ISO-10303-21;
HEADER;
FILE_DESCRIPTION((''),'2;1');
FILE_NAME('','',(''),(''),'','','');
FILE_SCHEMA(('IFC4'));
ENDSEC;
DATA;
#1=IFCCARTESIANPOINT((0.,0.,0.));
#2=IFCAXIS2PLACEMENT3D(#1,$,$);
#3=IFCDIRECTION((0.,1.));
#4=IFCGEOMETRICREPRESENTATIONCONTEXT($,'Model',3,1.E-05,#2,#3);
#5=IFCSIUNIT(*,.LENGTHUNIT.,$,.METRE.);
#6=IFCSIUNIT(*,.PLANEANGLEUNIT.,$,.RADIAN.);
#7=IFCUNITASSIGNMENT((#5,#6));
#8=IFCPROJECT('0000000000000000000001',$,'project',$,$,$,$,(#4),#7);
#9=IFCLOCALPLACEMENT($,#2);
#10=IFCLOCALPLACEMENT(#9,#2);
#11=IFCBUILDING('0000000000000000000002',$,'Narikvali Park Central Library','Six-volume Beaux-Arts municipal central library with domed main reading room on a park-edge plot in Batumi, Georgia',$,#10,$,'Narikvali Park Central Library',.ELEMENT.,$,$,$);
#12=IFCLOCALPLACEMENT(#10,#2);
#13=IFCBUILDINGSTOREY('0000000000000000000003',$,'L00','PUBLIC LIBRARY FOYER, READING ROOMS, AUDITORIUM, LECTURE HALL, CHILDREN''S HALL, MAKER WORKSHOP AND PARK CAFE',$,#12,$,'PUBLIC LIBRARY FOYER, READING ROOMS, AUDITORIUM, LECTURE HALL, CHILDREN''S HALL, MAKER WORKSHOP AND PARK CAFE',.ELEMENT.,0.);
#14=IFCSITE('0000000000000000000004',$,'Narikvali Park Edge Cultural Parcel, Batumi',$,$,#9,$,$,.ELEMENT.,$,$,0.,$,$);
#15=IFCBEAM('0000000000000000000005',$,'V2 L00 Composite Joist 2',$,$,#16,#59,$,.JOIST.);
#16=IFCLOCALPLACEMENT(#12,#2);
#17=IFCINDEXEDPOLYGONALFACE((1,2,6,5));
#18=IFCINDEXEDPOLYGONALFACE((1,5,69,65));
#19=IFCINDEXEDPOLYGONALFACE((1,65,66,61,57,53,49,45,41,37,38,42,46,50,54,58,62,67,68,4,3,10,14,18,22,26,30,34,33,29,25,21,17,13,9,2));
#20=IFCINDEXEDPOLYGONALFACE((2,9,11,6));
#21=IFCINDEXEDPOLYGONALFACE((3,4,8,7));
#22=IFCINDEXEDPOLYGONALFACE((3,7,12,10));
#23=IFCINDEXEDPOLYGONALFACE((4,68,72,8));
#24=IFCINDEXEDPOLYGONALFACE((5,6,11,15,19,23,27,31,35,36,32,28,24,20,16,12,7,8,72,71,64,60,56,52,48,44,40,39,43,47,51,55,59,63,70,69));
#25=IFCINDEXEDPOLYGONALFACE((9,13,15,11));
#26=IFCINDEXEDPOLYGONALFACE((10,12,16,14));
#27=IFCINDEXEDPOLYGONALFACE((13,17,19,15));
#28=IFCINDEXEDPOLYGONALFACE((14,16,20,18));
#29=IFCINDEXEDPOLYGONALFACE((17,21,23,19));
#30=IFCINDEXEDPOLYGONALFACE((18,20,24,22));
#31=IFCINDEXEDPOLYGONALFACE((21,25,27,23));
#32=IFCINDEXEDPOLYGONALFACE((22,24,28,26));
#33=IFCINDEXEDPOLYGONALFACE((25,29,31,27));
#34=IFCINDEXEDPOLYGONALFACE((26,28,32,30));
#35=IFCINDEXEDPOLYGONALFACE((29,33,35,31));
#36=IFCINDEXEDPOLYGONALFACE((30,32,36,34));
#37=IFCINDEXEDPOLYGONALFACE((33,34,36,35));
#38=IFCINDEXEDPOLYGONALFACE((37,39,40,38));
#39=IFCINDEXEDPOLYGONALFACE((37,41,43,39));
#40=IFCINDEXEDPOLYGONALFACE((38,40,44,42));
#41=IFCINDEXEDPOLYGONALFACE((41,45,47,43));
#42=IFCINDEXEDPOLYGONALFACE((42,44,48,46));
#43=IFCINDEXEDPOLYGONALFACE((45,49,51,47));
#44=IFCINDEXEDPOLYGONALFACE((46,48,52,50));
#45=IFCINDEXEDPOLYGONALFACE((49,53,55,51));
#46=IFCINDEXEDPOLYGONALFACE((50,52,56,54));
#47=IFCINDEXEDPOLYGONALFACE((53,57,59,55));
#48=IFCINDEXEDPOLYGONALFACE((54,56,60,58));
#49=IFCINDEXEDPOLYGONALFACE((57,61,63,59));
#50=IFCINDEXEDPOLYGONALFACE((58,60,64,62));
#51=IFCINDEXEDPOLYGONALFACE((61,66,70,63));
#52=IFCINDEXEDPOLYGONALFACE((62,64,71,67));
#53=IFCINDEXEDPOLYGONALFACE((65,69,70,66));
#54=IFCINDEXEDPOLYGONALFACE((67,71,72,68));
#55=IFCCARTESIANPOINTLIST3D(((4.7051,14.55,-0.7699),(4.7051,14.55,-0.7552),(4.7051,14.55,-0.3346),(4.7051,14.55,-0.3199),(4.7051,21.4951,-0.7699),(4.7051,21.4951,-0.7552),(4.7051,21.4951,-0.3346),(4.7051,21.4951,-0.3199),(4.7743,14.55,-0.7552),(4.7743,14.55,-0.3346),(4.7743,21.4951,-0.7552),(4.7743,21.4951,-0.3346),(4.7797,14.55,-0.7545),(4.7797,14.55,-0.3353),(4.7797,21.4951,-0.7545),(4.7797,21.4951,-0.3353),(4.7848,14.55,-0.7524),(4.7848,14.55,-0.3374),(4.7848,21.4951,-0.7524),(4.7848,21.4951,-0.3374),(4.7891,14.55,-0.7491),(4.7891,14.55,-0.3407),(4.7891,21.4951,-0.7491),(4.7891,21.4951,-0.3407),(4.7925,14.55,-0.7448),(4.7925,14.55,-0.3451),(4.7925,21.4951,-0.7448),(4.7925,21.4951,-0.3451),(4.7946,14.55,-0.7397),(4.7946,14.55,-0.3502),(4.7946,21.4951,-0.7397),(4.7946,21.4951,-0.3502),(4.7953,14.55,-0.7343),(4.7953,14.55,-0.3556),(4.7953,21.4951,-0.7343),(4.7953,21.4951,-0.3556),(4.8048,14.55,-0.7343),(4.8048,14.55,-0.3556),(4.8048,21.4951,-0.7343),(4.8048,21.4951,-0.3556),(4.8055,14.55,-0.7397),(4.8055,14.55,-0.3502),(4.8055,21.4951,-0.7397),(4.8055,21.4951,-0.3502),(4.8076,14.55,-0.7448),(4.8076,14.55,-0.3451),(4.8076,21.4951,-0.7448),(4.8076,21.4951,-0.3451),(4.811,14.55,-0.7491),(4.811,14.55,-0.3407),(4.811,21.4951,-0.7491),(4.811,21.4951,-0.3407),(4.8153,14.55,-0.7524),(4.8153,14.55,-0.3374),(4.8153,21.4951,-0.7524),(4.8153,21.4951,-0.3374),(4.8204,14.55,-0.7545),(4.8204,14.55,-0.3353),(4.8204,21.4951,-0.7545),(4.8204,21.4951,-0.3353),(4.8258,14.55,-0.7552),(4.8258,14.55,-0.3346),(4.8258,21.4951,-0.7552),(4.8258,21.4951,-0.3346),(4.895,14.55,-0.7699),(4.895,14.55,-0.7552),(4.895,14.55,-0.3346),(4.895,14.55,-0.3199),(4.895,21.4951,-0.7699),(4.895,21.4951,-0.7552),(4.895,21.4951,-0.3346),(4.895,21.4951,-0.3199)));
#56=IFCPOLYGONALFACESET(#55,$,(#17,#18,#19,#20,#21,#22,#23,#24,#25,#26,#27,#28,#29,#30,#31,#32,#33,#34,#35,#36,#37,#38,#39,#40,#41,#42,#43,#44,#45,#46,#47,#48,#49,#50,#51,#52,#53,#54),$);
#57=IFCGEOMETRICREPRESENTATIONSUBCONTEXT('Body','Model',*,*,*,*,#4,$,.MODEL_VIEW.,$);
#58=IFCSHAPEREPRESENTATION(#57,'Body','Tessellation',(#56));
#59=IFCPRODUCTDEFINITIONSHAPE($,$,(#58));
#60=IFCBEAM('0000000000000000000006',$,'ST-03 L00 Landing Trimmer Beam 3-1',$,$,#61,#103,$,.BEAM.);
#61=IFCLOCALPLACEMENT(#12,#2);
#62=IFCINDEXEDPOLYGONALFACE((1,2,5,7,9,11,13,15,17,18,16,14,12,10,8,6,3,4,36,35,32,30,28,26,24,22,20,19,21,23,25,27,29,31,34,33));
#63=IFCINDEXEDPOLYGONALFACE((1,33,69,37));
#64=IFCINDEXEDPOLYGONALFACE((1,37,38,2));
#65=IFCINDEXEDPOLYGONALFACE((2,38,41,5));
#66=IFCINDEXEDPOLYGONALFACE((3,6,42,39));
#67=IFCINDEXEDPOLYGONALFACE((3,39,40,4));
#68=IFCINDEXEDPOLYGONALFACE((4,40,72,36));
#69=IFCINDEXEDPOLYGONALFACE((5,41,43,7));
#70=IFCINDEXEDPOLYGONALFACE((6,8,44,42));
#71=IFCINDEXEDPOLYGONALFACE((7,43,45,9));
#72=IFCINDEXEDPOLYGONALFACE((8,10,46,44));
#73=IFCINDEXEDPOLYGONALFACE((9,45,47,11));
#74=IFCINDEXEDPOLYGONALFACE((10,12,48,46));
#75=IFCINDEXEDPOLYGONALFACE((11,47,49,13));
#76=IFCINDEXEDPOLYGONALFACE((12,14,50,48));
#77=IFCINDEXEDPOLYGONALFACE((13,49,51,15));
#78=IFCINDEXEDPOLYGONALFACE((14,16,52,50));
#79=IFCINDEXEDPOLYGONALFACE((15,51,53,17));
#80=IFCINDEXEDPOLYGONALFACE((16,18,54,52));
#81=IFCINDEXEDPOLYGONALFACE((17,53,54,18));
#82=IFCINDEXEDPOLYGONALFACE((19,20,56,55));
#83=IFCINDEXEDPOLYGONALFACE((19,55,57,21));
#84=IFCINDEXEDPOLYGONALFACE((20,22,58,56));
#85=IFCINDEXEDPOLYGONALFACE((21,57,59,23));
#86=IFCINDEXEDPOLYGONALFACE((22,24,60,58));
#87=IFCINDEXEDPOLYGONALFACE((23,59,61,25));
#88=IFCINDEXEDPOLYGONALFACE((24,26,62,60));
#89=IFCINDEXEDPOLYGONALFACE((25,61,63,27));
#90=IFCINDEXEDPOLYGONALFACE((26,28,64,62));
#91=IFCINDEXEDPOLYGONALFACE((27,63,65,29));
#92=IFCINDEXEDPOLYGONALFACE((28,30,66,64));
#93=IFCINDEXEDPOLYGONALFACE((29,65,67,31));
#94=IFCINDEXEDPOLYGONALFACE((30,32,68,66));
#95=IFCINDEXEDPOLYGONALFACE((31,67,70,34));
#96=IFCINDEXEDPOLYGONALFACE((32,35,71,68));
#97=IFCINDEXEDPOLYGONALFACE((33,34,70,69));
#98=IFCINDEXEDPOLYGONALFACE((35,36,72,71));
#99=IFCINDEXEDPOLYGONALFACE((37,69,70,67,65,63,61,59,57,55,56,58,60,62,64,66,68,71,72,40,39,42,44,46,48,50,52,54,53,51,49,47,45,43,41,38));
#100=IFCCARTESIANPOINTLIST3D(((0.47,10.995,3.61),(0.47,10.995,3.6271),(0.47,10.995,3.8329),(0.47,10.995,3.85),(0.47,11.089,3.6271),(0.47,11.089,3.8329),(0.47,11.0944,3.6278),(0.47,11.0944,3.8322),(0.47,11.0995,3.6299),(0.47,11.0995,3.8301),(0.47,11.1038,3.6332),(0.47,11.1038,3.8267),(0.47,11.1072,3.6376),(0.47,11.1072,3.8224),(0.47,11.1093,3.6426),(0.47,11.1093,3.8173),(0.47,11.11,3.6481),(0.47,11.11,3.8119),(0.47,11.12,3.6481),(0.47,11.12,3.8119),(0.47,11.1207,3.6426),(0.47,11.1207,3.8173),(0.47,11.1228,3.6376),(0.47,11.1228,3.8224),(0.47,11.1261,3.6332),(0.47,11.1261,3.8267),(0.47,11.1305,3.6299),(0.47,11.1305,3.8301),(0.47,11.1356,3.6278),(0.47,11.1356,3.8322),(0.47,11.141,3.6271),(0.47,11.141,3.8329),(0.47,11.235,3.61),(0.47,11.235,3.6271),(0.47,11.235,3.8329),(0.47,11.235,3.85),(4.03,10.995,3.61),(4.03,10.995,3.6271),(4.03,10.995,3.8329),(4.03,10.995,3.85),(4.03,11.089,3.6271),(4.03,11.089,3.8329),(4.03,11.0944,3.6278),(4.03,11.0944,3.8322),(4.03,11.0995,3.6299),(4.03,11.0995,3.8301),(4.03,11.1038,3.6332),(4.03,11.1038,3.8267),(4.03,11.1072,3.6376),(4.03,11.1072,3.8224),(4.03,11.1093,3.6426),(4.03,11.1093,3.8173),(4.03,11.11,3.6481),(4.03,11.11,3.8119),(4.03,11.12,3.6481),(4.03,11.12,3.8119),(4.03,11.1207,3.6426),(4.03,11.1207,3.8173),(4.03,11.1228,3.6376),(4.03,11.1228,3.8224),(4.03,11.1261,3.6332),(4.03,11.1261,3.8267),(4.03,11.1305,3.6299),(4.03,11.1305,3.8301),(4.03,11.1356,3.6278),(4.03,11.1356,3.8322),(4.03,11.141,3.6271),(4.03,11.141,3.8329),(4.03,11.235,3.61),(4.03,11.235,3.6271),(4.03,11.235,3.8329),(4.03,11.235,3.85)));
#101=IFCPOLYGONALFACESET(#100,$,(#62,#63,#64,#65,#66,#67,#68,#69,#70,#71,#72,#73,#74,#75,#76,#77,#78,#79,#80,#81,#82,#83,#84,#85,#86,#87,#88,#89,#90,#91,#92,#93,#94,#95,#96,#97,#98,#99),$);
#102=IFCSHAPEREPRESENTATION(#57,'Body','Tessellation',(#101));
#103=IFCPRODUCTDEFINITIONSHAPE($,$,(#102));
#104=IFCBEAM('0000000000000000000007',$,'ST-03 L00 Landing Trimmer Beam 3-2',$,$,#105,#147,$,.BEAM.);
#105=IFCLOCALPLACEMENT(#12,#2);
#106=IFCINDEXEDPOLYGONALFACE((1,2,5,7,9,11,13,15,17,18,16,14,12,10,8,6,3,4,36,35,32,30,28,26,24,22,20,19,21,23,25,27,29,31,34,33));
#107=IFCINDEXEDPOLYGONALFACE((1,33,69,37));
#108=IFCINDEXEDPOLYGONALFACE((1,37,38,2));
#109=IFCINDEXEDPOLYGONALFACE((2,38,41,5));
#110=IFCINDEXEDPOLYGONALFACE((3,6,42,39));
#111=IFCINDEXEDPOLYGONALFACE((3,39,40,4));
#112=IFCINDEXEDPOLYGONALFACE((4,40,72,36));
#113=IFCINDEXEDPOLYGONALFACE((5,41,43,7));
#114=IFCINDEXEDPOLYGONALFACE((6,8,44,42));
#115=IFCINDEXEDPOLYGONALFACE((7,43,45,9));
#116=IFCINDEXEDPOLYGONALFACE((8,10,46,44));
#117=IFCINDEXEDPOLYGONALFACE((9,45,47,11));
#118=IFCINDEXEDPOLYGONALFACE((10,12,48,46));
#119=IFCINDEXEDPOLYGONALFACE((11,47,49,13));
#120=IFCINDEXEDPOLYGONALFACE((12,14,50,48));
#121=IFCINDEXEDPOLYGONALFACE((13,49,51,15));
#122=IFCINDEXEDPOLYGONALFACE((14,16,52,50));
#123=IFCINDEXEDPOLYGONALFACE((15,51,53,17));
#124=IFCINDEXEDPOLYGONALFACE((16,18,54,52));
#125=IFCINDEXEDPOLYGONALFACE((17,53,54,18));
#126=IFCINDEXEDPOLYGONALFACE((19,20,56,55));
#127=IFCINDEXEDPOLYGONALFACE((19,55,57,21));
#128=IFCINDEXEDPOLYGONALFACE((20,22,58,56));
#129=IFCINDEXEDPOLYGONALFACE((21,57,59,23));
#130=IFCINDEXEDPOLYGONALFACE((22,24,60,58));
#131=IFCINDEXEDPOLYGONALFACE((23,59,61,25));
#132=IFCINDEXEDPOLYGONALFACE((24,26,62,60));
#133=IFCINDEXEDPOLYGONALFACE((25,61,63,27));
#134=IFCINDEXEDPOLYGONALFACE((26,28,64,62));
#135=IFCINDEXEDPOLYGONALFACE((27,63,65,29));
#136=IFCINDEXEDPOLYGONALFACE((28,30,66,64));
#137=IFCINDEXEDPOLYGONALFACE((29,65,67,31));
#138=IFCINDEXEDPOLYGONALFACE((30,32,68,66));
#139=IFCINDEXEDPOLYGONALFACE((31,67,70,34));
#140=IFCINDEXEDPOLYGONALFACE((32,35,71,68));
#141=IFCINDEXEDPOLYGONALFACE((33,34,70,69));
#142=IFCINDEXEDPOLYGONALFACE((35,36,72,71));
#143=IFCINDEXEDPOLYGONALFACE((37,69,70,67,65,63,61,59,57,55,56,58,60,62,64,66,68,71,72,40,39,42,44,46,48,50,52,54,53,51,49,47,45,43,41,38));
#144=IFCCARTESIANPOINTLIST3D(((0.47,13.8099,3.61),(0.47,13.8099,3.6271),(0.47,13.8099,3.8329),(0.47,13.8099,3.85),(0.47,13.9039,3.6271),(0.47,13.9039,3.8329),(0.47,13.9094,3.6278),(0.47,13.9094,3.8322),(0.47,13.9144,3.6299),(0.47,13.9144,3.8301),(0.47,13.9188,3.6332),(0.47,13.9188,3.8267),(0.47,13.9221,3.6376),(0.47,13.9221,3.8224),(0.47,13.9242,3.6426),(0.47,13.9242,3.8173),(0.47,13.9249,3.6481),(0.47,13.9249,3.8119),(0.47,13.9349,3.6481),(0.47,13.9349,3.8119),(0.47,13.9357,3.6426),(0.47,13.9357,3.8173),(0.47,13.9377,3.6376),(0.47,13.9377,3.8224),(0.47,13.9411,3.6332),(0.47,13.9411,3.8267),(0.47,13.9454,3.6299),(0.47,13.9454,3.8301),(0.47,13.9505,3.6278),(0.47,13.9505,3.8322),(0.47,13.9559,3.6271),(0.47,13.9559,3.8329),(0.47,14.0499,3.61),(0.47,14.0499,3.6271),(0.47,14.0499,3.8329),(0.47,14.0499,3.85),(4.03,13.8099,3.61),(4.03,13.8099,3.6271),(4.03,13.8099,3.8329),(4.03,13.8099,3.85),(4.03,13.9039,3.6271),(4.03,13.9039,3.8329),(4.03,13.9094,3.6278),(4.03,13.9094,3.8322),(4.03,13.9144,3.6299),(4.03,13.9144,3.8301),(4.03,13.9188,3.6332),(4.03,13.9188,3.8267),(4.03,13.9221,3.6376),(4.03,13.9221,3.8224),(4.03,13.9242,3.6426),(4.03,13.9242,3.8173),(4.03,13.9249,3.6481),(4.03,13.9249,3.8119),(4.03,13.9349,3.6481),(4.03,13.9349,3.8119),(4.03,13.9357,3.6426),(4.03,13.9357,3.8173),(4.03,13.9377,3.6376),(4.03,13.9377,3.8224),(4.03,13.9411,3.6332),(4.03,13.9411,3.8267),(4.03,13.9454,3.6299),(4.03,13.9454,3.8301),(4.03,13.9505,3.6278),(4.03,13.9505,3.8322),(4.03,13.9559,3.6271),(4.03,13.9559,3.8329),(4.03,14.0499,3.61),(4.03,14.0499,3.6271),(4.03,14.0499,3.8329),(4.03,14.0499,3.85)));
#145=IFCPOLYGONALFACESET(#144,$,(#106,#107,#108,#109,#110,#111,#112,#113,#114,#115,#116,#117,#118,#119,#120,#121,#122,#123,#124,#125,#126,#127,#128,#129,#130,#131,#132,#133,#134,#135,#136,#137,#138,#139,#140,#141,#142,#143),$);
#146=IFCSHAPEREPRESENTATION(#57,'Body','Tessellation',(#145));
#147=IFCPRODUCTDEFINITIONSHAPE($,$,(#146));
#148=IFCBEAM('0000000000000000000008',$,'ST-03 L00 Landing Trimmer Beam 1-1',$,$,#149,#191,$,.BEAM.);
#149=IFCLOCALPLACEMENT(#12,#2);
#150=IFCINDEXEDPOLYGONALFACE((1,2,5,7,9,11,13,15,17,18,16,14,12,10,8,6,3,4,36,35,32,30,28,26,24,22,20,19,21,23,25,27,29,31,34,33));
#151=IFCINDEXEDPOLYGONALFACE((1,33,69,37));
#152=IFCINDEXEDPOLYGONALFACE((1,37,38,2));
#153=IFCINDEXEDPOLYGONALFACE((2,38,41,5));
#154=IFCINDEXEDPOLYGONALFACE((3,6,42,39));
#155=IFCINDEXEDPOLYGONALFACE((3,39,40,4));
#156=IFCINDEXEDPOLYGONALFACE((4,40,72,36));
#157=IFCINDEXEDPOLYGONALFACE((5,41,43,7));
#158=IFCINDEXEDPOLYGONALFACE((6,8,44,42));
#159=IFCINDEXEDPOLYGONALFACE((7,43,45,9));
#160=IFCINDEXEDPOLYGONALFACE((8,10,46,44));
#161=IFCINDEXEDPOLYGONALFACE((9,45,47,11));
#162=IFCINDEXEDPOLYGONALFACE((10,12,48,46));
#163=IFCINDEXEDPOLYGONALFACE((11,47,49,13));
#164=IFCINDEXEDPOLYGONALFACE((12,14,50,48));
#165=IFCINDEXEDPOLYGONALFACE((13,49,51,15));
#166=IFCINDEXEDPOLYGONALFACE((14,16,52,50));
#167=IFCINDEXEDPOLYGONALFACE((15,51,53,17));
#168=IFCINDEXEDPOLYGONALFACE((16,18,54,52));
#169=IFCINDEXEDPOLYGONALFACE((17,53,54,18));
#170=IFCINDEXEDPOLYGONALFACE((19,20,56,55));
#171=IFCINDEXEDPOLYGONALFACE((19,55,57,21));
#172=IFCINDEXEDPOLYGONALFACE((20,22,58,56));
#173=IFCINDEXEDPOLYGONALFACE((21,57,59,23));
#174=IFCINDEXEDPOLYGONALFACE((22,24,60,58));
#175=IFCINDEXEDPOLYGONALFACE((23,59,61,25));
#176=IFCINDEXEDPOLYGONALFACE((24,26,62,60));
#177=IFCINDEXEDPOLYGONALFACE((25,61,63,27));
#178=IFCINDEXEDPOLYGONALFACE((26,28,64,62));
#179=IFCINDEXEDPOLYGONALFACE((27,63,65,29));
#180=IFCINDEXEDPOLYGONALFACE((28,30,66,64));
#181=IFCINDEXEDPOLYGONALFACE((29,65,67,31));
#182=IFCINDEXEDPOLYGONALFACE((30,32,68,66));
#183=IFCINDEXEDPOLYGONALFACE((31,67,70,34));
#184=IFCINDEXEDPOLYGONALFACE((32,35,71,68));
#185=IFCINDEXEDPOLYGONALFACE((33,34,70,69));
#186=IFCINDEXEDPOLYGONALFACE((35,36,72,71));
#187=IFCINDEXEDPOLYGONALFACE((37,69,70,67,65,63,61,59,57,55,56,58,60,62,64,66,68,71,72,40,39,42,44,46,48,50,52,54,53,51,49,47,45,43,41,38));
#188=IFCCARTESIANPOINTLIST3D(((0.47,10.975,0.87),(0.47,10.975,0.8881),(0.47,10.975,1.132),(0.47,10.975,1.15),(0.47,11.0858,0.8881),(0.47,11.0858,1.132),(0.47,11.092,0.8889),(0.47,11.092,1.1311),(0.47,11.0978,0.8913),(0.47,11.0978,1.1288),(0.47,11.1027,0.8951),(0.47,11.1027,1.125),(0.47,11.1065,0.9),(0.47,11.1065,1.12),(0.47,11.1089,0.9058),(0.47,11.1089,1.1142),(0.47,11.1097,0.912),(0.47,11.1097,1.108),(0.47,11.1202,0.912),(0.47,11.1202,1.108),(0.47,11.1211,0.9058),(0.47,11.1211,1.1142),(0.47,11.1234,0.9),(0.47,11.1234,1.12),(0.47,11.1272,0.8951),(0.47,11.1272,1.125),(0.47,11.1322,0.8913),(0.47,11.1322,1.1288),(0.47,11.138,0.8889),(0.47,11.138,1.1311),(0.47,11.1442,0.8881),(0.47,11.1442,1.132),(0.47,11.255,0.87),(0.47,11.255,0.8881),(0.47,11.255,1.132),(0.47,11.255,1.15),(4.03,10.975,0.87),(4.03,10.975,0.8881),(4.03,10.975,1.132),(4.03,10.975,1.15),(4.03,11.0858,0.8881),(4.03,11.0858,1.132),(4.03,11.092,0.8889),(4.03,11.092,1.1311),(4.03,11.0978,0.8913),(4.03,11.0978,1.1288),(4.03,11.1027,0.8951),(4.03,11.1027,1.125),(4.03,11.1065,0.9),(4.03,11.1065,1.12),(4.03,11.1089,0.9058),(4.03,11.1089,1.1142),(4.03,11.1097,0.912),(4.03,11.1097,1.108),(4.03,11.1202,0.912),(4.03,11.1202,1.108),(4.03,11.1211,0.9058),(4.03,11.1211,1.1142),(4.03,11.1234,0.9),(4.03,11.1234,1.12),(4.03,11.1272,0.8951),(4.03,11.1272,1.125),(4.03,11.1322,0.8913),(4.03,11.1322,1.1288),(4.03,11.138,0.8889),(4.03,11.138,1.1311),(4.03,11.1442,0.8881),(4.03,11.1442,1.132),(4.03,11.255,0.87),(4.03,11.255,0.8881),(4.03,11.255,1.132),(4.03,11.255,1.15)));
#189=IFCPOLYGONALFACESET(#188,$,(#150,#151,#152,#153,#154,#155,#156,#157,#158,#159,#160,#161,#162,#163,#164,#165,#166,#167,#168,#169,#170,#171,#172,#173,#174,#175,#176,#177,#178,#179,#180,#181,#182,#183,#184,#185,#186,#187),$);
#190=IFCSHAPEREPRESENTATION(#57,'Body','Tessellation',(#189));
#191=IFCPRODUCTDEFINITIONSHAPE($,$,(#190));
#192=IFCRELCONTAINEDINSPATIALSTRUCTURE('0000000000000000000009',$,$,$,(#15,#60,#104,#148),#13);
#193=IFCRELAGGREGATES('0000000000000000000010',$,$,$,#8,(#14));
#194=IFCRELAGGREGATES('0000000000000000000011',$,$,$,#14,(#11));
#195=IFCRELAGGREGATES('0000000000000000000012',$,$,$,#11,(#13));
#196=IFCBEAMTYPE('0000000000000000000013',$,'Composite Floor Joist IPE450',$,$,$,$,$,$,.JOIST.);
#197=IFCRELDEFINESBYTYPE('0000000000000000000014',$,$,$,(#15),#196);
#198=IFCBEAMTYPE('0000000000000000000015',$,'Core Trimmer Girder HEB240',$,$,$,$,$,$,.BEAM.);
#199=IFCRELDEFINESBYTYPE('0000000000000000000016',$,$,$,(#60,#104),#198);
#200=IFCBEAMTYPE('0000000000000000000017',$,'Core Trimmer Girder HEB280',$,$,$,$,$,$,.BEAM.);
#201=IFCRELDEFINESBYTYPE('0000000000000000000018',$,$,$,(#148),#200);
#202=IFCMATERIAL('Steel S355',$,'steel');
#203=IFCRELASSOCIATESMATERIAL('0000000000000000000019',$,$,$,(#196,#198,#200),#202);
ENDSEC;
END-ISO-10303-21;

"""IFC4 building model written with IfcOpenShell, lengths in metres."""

from ifc_helpers import new_model, si_unit, direction, frame, origin, origin_2d, place, context, subcontext, project, spatial, i_section, extrude, material, material_profile, profile_set, type_object, element, save


model = new_model("IFC4")

# Units and contexts
model_context = context("Model", 3, precision=1e-05, world=origin(), true_north=direction((0.0, 1.0)))
body_context = subcontext(model_context, "Body", "Model", "MODEL_VIEW")
ifc_project = project(units=[si_unit("LENGTHUNIT", "METRE"), si_unit("PLANEANGLEUNIT", "RADIAN")], contexts=[model_context])

# Site, building, storey
site_placement = place(None, origin())
site = spatial("IfcSite", under=ifc_project, at=site_placement, Name="Narikvali Park Edge Cultural Parcel, Batumi", CompositionType="ELEMENT", RefElevation=0.0)
building_placement = place(site_placement, origin())
building = spatial("IfcBuilding", under=site, at=building_placement, Name="Narikvali Park Central Library", Description="Six-volume Beaux-Arts municipal central library with domed main reading room on a park-edge plot in Batumi, Georgia", LongName="Narikvali Park Central Library", CompositionType="ELEMENT")
storey_placement = place(building_placement, origin())
storey = spatial("IfcBuildingStorey", under=building, at=storey_placement, Name="L00", Description="PUBLIC LIBRARY FOYER, READING ROOMS, AUDITORIUM, LECTURE HALL, CHILDREN'S HALL, MAKER WORKSHOP AND PARK CAFE", LongName="PUBLIC LIBRARY FOYER, READING ROOMS, AUDITORIUM, LECTURE HALL, CHILDREN'S HALL, MAKER WORKSHOP AND PARK CAFE", CompositionType="ELEMENT", Elevation=0.0)

# Shared definitions
ifc_material_1 = material(Name="Steel S355", Category="steel")

# Beams
ifc_material_profile_1 = material_profile(ifc_material_1, i_section(OverallWidth=0.1899, OverallDepth=0.45, WebThickness=0.0095, FlangeThickness=0.0146, FilletRadius=0.021, at=origin_2d()), Name="IPE 450")
ifc_profile_set_1 = profile_set([ifc_material_profile_1], Name="Steel S355")
beam_type_1 = type_object("IfcBeamType", Name="Composite Floor Joist IPE450", PredefinedType="JOIST", material=ifc_profile_set_1)
for number, where, z_axis, x_axis, name in (
    (1, (4.8, 14.55, -0.5449), (0.0, 1.0, 0.0), (-1.0, 0.0, 0.0), "V2 L00 Composite Joist 2"),
):
    element("IfcBeam", number, at=place(storey_placement, frame(where, z_axis=z_axis, x_axis=x_axis)), inside=storey, type_object=beam_type_1, Name=name, PredefinedType="JOIST", context=body_context, shape_type="SweptSolid", body=[
        extrude(i_section(OverallWidth=0.1899, OverallDepth=0.45, WebThickness=0.0095, FlangeThickness=0.0146, FilletRadius=0.021, at=origin_2d()), origin(), (0.0, 0.0, 1.0), 6.9451),
    ])
ifc_material_profile_2 = material_profile(ifc_material_1, i_section(OverallWidth=0.24, OverallDepth=0.24, WebThickness=0.01, FlangeThickness=0.0171, FilletRadius=0.021, at=origin_2d()), Name="HEB 240")
ifc_profile_set_2 = profile_set([ifc_material_profile_2], Name="Steel S355")
beam_type_2 = type_object("IfcBeamType", Name="Core Trimmer Girder HEB240", PredefinedType="BEAM", material=ifc_profile_set_2)
for number, where, z_axis, x_axis, name in (
    (2, (0.47, 11.115, 3.73), (1.0, 0.0, 0.0), (0.0, 1.0, 0.0), "ST-03 L00 Landing Trimmer Beam 3-1"),
    (3, (0.47, 13.9299, 3.73), (1.0, 0.0, 0.0), (0.0, 1.0, 0.0), "ST-03 L00 Landing Trimmer Beam 3-2"),
):
    element("IfcBeam", number, at=place(storey_placement, frame(where, z_axis=z_axis, x_axis=x_axis)), inside=storey, type_object=beam_type_2, Name=name, PredefinedType="BEAM", context=body_context, shape_type="SweptSolid", body=[
        extrude(i_section(OverallWidth=0.24, OverallDepth=0.24, WebThickness=0.01, FlangeThickness=0.0171, FilletRadius=0.021, at=origin_2d()), origin(), (0.0, 0.0, 1.0), 3.5601),
    ])
ifc_material_profile_3 = material_profile(ifc_material_1, i_section(OverallWidth=0.28, OverallDepth=0.28, WebThickness=0.0105, FlangeThickness=0.0181, FilletRadius=0.0239, at=origin_2d()), Name="HEB 280")
ifc_profile_set_3 = profile_set([ifc_material_profile_3], Name="Steel S355")
beam_type_3 = type_object("IfcBeamType", Name="Core Trimmer Girder HEB280", PredefinedType="BEAM", material=ifc_profile_set_3)
for number, where, z_axis, x_axis, name in (
    (4, (0.47, 11.115, 1.01), (1.0, 0.0, 0.0), (0.0, 1.0, 0.0), "ST-03 L00 Landing Trimmer Beam 1-1"),
):
    element("IfcBeam", number, at=place(storey_placement, frame(where, z_axis=z_axis, x_axis=x_axis)), inside=storey, type_object=beam_type_3, Name=name, PredefinedType="BEAM", context=body_context, shape_type="SweptSolid", body=[
        extrude(i_section(OverallWidth=0.28, OverallDepth=0.28, WebThickness=0.0105, FlangeThickness=0.0181, FilletRadius=0.0239, at=origin_2d()), origin(), (0.0, 0.0, 1.0), 3.5601),
    ])

save(model, "model.ifc")
